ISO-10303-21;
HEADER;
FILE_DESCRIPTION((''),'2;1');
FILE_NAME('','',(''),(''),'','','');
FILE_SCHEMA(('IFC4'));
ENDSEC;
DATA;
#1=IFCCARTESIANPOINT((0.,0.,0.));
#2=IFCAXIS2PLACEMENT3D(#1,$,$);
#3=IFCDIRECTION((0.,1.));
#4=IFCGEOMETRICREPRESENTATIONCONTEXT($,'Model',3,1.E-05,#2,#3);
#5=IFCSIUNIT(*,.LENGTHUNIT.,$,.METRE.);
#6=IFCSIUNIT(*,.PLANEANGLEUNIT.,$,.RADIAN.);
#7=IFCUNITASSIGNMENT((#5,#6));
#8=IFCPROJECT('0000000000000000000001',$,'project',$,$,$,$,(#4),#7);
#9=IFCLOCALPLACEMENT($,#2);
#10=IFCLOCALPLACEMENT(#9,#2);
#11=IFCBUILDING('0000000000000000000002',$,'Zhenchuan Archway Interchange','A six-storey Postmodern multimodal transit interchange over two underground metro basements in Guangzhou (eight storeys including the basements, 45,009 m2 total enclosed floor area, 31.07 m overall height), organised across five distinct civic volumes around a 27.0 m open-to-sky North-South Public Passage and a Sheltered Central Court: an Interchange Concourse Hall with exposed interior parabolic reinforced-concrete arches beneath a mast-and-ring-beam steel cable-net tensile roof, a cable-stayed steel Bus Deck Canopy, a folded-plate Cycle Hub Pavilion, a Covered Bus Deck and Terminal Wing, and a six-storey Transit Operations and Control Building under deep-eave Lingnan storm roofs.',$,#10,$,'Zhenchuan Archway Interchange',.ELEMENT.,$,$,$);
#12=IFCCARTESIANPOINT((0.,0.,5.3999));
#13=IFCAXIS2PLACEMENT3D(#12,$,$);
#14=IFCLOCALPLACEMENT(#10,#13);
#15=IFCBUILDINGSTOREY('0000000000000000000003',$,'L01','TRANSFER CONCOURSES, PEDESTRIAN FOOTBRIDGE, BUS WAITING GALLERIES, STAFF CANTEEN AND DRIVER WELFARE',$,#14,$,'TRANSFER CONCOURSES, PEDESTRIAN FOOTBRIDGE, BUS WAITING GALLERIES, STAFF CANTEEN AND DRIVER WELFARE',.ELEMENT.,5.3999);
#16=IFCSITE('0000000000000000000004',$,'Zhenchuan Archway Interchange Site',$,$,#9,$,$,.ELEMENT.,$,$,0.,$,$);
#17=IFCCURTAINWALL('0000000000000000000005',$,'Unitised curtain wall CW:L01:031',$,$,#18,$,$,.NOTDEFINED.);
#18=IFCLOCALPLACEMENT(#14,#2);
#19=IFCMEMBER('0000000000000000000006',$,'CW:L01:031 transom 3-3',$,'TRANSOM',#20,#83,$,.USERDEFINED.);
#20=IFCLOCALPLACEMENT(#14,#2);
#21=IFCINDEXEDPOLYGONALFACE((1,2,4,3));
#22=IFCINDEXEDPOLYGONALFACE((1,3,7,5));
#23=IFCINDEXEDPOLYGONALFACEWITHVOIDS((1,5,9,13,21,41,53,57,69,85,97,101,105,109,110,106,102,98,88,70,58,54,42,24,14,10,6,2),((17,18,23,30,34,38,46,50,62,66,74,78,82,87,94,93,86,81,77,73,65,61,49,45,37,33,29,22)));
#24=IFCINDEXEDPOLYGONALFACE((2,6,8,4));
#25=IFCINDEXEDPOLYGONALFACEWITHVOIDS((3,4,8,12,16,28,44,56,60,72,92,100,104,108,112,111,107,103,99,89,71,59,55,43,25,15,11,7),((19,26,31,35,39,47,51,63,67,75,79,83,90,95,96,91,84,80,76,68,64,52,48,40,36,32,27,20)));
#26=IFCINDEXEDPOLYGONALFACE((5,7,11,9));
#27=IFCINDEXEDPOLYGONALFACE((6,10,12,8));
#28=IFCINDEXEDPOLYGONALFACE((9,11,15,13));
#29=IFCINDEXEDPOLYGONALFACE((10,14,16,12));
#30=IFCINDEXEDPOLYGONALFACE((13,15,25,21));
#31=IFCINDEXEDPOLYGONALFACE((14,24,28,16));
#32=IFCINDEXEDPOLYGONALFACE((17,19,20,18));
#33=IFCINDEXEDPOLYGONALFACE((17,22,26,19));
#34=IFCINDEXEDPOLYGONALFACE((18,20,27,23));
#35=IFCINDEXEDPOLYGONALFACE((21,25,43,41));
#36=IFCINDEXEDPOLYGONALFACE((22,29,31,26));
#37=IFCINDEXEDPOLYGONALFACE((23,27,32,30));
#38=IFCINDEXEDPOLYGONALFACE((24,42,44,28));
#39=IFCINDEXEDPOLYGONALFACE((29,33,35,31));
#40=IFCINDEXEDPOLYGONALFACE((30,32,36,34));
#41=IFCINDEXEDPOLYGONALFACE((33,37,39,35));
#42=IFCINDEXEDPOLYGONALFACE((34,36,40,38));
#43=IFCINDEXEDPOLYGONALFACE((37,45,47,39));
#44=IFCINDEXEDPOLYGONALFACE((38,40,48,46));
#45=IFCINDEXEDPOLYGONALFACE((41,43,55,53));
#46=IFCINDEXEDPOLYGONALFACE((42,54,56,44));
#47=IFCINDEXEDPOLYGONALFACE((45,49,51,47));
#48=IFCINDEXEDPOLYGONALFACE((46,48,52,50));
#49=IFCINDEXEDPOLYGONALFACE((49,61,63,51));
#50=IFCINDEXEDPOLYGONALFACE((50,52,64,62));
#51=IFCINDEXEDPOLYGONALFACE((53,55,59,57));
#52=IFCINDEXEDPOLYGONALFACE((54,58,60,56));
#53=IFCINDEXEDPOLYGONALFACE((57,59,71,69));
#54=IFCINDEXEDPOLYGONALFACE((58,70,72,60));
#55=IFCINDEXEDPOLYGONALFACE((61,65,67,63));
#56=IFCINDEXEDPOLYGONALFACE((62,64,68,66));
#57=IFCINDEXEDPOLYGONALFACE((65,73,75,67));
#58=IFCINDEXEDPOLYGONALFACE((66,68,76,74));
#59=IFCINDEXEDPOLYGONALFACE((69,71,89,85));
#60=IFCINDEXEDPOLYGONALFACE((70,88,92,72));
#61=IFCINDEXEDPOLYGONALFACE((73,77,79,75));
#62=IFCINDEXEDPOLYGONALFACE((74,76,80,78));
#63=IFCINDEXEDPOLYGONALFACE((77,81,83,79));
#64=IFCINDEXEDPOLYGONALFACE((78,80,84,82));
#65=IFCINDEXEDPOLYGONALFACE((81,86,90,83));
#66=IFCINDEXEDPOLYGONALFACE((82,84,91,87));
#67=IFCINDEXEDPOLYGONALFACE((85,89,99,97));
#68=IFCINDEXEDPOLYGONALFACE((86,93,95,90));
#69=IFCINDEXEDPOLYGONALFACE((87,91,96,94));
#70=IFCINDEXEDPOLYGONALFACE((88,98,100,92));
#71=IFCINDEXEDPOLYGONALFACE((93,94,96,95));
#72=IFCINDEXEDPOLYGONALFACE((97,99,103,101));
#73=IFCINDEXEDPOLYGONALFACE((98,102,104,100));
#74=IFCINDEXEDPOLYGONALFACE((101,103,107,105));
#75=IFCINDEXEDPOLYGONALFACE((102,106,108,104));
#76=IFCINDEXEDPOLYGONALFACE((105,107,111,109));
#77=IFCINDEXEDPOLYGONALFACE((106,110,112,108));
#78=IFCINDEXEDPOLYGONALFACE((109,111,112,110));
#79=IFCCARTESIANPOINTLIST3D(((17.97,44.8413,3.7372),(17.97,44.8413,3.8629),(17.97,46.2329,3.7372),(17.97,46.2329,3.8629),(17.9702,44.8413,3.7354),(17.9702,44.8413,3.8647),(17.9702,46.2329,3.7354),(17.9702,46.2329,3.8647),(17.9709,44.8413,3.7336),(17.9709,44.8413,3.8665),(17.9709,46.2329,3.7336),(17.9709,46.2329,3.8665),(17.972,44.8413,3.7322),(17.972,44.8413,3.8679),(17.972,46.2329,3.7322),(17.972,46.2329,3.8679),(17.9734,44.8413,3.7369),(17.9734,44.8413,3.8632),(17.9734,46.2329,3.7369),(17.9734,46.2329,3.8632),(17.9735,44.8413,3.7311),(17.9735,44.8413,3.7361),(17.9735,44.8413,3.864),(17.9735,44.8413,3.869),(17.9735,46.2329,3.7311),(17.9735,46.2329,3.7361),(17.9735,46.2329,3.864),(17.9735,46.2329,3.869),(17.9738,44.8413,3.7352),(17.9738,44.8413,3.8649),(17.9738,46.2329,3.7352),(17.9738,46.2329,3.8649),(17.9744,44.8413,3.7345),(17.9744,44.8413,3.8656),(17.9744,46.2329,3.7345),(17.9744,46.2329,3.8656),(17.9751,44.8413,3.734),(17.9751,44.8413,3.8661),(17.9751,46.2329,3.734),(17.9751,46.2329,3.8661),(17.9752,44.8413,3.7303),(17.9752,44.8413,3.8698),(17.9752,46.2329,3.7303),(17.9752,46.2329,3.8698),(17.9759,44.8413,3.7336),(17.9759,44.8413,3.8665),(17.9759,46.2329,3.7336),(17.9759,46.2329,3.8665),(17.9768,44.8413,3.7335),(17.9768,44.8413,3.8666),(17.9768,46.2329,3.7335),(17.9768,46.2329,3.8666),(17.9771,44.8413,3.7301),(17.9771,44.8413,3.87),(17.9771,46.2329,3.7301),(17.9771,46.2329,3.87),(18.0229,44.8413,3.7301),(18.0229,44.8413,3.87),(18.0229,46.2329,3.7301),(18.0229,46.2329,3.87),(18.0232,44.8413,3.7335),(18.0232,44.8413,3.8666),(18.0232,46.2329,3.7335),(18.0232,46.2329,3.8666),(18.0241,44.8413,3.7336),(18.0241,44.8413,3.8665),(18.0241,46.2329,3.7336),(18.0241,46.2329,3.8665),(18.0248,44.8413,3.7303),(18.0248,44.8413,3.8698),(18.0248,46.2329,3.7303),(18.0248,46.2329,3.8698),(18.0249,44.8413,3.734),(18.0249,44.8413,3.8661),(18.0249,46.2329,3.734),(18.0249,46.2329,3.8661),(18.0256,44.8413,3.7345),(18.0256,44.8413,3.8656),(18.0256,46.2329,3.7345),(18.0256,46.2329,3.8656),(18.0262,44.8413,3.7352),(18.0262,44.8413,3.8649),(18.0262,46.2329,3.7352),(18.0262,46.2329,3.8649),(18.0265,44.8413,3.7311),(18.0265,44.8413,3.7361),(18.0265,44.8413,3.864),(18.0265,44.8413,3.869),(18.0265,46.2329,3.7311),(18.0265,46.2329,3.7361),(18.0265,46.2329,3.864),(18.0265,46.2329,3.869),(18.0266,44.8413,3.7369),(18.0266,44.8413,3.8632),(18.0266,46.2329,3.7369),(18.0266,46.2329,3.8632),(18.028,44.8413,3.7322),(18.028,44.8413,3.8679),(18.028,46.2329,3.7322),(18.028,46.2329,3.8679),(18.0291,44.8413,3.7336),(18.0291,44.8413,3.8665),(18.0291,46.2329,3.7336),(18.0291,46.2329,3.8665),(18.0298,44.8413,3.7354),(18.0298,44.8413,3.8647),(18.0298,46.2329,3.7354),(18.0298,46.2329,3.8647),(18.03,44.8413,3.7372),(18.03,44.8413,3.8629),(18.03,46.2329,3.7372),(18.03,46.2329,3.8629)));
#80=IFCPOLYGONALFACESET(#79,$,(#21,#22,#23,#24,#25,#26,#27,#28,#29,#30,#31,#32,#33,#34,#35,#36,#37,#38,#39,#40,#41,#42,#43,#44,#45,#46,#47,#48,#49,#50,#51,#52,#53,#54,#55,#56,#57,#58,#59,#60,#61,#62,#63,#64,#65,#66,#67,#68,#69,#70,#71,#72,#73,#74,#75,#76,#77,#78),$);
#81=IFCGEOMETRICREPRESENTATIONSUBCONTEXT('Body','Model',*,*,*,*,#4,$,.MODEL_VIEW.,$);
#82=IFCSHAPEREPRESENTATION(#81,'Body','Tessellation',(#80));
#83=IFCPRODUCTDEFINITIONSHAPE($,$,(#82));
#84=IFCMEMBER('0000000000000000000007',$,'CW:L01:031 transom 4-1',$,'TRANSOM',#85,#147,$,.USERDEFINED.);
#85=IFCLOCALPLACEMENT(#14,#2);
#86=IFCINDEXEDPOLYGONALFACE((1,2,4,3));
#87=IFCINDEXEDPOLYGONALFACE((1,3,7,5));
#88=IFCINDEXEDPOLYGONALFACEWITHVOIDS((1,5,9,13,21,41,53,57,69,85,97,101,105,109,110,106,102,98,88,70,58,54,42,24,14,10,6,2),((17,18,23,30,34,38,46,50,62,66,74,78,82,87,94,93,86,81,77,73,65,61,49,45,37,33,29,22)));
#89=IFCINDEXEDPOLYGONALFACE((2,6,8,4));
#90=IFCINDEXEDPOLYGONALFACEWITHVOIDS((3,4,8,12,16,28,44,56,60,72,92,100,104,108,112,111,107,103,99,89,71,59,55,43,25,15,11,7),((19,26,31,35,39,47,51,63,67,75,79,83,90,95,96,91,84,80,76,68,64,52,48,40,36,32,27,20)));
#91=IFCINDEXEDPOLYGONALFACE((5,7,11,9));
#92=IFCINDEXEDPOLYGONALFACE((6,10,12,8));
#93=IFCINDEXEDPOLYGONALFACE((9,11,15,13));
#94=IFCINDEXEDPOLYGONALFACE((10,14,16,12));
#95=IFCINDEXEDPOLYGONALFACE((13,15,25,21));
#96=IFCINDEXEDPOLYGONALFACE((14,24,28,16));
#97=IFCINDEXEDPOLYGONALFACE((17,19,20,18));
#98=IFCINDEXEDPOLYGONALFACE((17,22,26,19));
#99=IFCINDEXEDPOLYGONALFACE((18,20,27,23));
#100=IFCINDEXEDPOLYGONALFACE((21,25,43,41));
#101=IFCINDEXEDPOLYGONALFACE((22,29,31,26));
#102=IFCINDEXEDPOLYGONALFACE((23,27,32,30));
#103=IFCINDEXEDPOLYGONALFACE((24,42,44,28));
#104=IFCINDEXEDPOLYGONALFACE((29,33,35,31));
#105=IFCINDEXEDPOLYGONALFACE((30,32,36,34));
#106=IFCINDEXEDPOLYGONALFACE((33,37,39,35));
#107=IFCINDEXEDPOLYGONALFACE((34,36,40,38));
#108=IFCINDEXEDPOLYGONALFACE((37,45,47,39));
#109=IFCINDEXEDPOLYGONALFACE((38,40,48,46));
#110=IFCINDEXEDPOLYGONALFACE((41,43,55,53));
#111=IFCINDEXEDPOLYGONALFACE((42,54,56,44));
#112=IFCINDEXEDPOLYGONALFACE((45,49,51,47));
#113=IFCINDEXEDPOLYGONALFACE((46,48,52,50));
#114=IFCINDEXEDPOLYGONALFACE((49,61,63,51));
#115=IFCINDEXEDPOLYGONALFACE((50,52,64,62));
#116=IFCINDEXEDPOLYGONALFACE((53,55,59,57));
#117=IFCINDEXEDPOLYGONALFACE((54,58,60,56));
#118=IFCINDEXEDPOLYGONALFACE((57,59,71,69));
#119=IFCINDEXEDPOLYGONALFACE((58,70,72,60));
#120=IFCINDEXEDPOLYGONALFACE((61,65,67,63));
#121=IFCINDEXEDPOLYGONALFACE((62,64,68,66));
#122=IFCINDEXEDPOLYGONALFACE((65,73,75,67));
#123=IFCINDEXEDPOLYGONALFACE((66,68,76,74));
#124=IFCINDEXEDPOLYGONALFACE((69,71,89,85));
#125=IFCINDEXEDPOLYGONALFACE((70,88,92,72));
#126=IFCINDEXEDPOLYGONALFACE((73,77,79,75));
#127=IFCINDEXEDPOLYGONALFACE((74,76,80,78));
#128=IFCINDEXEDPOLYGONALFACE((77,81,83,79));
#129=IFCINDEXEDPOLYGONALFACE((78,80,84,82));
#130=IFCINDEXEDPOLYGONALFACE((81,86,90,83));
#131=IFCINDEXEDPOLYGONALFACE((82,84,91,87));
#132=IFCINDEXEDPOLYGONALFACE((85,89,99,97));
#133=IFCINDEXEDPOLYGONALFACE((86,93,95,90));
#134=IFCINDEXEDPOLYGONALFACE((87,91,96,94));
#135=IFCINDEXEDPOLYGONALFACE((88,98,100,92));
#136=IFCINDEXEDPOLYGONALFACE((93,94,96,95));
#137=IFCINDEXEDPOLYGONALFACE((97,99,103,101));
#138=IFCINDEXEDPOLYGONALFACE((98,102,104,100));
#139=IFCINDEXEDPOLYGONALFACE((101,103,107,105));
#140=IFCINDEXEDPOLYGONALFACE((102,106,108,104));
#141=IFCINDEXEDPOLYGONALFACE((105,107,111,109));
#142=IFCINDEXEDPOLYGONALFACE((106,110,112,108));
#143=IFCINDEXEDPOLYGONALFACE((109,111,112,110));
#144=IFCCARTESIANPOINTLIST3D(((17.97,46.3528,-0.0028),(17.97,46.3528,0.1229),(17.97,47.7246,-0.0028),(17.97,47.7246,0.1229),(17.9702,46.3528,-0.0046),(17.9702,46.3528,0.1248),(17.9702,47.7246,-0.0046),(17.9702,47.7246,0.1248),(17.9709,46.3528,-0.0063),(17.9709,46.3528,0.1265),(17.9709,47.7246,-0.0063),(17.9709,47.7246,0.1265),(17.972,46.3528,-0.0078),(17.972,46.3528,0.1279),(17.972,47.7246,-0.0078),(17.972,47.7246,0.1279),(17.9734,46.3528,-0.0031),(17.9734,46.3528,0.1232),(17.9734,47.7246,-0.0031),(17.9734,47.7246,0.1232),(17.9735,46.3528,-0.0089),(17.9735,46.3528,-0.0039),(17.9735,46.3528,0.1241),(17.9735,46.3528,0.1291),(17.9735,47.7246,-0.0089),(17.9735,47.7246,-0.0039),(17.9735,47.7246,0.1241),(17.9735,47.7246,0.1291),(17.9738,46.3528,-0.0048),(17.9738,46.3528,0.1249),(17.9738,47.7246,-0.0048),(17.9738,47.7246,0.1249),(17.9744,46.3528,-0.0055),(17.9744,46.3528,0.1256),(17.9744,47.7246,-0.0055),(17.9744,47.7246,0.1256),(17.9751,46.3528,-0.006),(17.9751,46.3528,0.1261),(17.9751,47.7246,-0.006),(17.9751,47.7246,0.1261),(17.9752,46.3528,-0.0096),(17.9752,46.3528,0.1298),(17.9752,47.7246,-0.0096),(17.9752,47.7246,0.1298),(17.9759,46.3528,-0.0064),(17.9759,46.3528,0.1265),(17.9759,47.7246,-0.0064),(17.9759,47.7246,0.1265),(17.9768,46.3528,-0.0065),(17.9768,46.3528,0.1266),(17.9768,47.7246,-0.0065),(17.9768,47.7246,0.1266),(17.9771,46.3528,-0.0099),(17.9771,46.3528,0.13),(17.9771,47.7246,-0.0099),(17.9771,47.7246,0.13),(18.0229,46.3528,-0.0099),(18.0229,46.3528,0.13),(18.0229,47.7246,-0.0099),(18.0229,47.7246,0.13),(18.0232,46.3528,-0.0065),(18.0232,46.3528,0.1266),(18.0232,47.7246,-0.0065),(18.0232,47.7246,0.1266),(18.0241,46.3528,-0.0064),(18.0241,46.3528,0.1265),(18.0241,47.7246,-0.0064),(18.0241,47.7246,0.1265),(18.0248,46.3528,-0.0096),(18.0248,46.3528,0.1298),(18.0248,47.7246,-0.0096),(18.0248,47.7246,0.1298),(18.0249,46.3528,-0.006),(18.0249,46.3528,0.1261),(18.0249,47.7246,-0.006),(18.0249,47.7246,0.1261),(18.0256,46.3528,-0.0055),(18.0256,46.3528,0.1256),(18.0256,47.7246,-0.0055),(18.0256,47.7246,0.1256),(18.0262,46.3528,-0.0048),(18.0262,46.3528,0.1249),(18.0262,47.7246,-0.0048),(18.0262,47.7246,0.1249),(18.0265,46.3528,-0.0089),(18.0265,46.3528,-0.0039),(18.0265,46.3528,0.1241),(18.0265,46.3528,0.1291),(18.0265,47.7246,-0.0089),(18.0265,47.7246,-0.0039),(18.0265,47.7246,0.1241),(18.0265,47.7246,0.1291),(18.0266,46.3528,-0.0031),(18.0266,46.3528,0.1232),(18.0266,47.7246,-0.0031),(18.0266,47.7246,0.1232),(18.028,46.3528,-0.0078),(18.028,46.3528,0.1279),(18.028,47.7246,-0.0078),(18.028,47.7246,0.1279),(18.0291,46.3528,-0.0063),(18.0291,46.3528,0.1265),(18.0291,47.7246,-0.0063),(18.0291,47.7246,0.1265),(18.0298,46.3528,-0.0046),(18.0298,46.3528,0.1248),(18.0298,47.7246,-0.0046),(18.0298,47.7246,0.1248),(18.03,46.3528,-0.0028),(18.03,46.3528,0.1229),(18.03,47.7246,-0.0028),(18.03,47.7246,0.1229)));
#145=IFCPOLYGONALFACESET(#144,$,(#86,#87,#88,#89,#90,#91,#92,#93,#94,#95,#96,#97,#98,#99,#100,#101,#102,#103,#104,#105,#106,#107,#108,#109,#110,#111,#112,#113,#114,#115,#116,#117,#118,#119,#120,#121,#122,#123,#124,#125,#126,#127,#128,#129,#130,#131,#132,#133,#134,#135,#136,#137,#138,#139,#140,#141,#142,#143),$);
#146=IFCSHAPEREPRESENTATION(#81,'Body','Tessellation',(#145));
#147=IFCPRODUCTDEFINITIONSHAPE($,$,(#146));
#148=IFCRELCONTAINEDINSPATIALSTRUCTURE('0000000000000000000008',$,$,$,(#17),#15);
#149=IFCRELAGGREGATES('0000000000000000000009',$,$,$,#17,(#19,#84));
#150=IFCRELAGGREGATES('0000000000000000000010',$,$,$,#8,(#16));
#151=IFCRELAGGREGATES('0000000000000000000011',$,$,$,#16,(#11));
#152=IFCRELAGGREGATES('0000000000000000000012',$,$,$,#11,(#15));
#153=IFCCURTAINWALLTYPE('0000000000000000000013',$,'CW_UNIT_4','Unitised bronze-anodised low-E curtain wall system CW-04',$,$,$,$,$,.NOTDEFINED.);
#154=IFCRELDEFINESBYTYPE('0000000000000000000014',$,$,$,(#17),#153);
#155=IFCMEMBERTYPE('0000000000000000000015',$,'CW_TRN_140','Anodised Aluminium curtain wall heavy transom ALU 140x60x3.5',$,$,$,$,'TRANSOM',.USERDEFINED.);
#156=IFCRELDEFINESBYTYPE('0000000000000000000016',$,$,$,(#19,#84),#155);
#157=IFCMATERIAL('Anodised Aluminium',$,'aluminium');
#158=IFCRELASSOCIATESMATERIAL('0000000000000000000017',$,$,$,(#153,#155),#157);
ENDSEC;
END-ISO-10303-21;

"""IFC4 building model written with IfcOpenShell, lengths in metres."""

from ifc_helpers import new_model, si_unit, direction, frame, origin, origin_2d, place, context, subcontext, project, spatial, hollow_rectangle, extrude, material, material_profile, profile_set, type_object, element, aggregate, save


model = new_model("IFC4")

# Units and contexts
model_context = context("Model", 3, precision=1e-05, world=origin(), true_north=direction((0.0, 1.0)))
body_context = subcontext(model_context, "Body", "Model", "MODEL_VIEW")
ifc_project = project(units=[si_unit("LENGTHUNIT", "METRE"), si_unit("PLANEANGLEUNIT", "RADIAN")], contexts=[model_context])

# Site, building, storey
site_placement = place(None, origin())
site = spatial("IfcSite", under=ifc_project, at=site_placement, Name="Zhenchuan Archway Interchange Site", CompositionType="ELEMENT", RefElevation=0.0)
building_placement = place(site_placement, origin())
building = spatial("IfcBuilding", under=site, at=building_placement, Name="Zhenchuan Archway Interchange", Description="A six-storey Postmodern multimodal transit interchange over two underground metro basements in Guangzhou (eight storeys including the basements, 45,009 m2 total enclosed floor area, 31.07 m overall height), organised across five distinct civic volumes around a 27.0 m open-to-sky North-South Public Passage and a Sheltered Central Court: an Interchange Concourse Hall with exposed interior parabolic reinforced-concrete arches beneath a mast-and-ring-beam steel cable-net tensile roof, a cable-stayed steel Bus Deck Canopy, a folded-plate Cycle Hub Pavilion, a Covered Bus Deck and Terminal Wing, and a six-storey Transit Operations and Control Building under deep-eave Lingnan storm roofs.", LongName="Zhenchuan Archway Interchange", CompositionType="ELEMENT")
storey_placement = place(building_placement, frame((0.0, 0.0, 5.3999)))
storey = spatial("IfcBuildingStorey", under=building, at=storey_placement, Name="L01", Description="TRANSFER CONCOURSES, PEDESTRIAN FOOTBRIDGE, BUS WAITING GALLERIES, STAFF CANTEEN AND DRIVER WELFARE", LongName="TRANSFER CONCOURSES, PEDESTRIAN FOOTBRIDGE, BUS WAITING GALLERIES, STAFF CANTEEN AND DRIVER WELFARE", CompositionType="ELEMENT", Elevation=5.3999)

# Curtain wall, members
ifc_material_1 = material(Name="Anodised Aluminium", Category="aluminium")
curtain_wall_type = type_object("IfcCurtainWallType", Name="CW_UNIT_4", Description="Unitised bronze-anodised low-E curtain wall system CW-04", PredefinedType="NOTDEFINED", material=ifc_material_1)
curtain_wall_placement = place(storey_placement, origin())
curtain_wall = element("IfcCurtainWall", 1, at=curtain_wall_placement, inside=storey, type_object=curtain_wall_type, Name="Unitised curtain wall CW:L01:031", PredefinedType="NOTDEFINED")
ifc_material_profile_1 = material_profile(ifc_material_1, hollow_rectangle(XDim=0.0601, YDim=0.1399, WallThickness=0.0034, InnerFilletRadius=0.0034, OuterFilletRadius=0.0071, at=origin_2d()), Name="ALU 140x60x3.5")
ifc_profile_set_1 = profile_set([ifc_material_profile_1], Name="Anodised Aluminium")
member_type_1 = type_object("IfcMemberType", Name="CW_TRN_140", Description="Anodised Aluminium curtain wall heavy transom ALU 140x60x3.5", ElementType="TRANSOM", PredefinedType="USERDEFINED", material=ifc_profile_set_1)
member_1_placement = place(storey_placement, frame((18.0, 44.8413, 3.8), z_axis=(0.0, 1.0, 0.0), x_axis=(-1.0, 0.0, 0.0)))
member_1 = element("IfcMember", 2, at=member_1_placement, type_object=member_type_1, Name="CW:L01:031 transom 3-3", ObjectType="TRANSOM", PredefinedType="USERDEFINED", context=body_context, shape_type="SweptSolid", body=[
    extrude(hollow_rectangle(XDim=0.0601, YDim=0.1399, WallThickness=0.0034, InnerFilletRadius=0.0034, OuterFilletRadius=0.0071, at=origin_2d()), origin(), (0.0, 0.0, 1.0), 1.3916),
])
member_2_placement = place(storey_placement, frame((18.0, 46.3528, 0.0601), z_axis=(0.0, 1.0, 0.0), x_axis=(-1.0, 0.0, 0.0)))
member_2 = element("IfcMember", 3, at=member_2_placement, type_object=member_type_1, Name="CW:L01:031 transom 4-1", ObjectType="TRANSOM", PredefinedType="USERDEFINED", context=body_context, shape_type="SweptSolid", body=[
    extrude(hollow_rectangle(XDim=0.0601, YDim=0.1399, WallThickness=0.0034, InnerFilletRadius=0.0034, OuterFilletRadius=0.0071, at=origin_2d()), origin(), (0.0, 0.0, 1.0), 1.3718),
])
aggregate(curtain_wall, [member_1, member_2])

save(model, "model.ifc")
